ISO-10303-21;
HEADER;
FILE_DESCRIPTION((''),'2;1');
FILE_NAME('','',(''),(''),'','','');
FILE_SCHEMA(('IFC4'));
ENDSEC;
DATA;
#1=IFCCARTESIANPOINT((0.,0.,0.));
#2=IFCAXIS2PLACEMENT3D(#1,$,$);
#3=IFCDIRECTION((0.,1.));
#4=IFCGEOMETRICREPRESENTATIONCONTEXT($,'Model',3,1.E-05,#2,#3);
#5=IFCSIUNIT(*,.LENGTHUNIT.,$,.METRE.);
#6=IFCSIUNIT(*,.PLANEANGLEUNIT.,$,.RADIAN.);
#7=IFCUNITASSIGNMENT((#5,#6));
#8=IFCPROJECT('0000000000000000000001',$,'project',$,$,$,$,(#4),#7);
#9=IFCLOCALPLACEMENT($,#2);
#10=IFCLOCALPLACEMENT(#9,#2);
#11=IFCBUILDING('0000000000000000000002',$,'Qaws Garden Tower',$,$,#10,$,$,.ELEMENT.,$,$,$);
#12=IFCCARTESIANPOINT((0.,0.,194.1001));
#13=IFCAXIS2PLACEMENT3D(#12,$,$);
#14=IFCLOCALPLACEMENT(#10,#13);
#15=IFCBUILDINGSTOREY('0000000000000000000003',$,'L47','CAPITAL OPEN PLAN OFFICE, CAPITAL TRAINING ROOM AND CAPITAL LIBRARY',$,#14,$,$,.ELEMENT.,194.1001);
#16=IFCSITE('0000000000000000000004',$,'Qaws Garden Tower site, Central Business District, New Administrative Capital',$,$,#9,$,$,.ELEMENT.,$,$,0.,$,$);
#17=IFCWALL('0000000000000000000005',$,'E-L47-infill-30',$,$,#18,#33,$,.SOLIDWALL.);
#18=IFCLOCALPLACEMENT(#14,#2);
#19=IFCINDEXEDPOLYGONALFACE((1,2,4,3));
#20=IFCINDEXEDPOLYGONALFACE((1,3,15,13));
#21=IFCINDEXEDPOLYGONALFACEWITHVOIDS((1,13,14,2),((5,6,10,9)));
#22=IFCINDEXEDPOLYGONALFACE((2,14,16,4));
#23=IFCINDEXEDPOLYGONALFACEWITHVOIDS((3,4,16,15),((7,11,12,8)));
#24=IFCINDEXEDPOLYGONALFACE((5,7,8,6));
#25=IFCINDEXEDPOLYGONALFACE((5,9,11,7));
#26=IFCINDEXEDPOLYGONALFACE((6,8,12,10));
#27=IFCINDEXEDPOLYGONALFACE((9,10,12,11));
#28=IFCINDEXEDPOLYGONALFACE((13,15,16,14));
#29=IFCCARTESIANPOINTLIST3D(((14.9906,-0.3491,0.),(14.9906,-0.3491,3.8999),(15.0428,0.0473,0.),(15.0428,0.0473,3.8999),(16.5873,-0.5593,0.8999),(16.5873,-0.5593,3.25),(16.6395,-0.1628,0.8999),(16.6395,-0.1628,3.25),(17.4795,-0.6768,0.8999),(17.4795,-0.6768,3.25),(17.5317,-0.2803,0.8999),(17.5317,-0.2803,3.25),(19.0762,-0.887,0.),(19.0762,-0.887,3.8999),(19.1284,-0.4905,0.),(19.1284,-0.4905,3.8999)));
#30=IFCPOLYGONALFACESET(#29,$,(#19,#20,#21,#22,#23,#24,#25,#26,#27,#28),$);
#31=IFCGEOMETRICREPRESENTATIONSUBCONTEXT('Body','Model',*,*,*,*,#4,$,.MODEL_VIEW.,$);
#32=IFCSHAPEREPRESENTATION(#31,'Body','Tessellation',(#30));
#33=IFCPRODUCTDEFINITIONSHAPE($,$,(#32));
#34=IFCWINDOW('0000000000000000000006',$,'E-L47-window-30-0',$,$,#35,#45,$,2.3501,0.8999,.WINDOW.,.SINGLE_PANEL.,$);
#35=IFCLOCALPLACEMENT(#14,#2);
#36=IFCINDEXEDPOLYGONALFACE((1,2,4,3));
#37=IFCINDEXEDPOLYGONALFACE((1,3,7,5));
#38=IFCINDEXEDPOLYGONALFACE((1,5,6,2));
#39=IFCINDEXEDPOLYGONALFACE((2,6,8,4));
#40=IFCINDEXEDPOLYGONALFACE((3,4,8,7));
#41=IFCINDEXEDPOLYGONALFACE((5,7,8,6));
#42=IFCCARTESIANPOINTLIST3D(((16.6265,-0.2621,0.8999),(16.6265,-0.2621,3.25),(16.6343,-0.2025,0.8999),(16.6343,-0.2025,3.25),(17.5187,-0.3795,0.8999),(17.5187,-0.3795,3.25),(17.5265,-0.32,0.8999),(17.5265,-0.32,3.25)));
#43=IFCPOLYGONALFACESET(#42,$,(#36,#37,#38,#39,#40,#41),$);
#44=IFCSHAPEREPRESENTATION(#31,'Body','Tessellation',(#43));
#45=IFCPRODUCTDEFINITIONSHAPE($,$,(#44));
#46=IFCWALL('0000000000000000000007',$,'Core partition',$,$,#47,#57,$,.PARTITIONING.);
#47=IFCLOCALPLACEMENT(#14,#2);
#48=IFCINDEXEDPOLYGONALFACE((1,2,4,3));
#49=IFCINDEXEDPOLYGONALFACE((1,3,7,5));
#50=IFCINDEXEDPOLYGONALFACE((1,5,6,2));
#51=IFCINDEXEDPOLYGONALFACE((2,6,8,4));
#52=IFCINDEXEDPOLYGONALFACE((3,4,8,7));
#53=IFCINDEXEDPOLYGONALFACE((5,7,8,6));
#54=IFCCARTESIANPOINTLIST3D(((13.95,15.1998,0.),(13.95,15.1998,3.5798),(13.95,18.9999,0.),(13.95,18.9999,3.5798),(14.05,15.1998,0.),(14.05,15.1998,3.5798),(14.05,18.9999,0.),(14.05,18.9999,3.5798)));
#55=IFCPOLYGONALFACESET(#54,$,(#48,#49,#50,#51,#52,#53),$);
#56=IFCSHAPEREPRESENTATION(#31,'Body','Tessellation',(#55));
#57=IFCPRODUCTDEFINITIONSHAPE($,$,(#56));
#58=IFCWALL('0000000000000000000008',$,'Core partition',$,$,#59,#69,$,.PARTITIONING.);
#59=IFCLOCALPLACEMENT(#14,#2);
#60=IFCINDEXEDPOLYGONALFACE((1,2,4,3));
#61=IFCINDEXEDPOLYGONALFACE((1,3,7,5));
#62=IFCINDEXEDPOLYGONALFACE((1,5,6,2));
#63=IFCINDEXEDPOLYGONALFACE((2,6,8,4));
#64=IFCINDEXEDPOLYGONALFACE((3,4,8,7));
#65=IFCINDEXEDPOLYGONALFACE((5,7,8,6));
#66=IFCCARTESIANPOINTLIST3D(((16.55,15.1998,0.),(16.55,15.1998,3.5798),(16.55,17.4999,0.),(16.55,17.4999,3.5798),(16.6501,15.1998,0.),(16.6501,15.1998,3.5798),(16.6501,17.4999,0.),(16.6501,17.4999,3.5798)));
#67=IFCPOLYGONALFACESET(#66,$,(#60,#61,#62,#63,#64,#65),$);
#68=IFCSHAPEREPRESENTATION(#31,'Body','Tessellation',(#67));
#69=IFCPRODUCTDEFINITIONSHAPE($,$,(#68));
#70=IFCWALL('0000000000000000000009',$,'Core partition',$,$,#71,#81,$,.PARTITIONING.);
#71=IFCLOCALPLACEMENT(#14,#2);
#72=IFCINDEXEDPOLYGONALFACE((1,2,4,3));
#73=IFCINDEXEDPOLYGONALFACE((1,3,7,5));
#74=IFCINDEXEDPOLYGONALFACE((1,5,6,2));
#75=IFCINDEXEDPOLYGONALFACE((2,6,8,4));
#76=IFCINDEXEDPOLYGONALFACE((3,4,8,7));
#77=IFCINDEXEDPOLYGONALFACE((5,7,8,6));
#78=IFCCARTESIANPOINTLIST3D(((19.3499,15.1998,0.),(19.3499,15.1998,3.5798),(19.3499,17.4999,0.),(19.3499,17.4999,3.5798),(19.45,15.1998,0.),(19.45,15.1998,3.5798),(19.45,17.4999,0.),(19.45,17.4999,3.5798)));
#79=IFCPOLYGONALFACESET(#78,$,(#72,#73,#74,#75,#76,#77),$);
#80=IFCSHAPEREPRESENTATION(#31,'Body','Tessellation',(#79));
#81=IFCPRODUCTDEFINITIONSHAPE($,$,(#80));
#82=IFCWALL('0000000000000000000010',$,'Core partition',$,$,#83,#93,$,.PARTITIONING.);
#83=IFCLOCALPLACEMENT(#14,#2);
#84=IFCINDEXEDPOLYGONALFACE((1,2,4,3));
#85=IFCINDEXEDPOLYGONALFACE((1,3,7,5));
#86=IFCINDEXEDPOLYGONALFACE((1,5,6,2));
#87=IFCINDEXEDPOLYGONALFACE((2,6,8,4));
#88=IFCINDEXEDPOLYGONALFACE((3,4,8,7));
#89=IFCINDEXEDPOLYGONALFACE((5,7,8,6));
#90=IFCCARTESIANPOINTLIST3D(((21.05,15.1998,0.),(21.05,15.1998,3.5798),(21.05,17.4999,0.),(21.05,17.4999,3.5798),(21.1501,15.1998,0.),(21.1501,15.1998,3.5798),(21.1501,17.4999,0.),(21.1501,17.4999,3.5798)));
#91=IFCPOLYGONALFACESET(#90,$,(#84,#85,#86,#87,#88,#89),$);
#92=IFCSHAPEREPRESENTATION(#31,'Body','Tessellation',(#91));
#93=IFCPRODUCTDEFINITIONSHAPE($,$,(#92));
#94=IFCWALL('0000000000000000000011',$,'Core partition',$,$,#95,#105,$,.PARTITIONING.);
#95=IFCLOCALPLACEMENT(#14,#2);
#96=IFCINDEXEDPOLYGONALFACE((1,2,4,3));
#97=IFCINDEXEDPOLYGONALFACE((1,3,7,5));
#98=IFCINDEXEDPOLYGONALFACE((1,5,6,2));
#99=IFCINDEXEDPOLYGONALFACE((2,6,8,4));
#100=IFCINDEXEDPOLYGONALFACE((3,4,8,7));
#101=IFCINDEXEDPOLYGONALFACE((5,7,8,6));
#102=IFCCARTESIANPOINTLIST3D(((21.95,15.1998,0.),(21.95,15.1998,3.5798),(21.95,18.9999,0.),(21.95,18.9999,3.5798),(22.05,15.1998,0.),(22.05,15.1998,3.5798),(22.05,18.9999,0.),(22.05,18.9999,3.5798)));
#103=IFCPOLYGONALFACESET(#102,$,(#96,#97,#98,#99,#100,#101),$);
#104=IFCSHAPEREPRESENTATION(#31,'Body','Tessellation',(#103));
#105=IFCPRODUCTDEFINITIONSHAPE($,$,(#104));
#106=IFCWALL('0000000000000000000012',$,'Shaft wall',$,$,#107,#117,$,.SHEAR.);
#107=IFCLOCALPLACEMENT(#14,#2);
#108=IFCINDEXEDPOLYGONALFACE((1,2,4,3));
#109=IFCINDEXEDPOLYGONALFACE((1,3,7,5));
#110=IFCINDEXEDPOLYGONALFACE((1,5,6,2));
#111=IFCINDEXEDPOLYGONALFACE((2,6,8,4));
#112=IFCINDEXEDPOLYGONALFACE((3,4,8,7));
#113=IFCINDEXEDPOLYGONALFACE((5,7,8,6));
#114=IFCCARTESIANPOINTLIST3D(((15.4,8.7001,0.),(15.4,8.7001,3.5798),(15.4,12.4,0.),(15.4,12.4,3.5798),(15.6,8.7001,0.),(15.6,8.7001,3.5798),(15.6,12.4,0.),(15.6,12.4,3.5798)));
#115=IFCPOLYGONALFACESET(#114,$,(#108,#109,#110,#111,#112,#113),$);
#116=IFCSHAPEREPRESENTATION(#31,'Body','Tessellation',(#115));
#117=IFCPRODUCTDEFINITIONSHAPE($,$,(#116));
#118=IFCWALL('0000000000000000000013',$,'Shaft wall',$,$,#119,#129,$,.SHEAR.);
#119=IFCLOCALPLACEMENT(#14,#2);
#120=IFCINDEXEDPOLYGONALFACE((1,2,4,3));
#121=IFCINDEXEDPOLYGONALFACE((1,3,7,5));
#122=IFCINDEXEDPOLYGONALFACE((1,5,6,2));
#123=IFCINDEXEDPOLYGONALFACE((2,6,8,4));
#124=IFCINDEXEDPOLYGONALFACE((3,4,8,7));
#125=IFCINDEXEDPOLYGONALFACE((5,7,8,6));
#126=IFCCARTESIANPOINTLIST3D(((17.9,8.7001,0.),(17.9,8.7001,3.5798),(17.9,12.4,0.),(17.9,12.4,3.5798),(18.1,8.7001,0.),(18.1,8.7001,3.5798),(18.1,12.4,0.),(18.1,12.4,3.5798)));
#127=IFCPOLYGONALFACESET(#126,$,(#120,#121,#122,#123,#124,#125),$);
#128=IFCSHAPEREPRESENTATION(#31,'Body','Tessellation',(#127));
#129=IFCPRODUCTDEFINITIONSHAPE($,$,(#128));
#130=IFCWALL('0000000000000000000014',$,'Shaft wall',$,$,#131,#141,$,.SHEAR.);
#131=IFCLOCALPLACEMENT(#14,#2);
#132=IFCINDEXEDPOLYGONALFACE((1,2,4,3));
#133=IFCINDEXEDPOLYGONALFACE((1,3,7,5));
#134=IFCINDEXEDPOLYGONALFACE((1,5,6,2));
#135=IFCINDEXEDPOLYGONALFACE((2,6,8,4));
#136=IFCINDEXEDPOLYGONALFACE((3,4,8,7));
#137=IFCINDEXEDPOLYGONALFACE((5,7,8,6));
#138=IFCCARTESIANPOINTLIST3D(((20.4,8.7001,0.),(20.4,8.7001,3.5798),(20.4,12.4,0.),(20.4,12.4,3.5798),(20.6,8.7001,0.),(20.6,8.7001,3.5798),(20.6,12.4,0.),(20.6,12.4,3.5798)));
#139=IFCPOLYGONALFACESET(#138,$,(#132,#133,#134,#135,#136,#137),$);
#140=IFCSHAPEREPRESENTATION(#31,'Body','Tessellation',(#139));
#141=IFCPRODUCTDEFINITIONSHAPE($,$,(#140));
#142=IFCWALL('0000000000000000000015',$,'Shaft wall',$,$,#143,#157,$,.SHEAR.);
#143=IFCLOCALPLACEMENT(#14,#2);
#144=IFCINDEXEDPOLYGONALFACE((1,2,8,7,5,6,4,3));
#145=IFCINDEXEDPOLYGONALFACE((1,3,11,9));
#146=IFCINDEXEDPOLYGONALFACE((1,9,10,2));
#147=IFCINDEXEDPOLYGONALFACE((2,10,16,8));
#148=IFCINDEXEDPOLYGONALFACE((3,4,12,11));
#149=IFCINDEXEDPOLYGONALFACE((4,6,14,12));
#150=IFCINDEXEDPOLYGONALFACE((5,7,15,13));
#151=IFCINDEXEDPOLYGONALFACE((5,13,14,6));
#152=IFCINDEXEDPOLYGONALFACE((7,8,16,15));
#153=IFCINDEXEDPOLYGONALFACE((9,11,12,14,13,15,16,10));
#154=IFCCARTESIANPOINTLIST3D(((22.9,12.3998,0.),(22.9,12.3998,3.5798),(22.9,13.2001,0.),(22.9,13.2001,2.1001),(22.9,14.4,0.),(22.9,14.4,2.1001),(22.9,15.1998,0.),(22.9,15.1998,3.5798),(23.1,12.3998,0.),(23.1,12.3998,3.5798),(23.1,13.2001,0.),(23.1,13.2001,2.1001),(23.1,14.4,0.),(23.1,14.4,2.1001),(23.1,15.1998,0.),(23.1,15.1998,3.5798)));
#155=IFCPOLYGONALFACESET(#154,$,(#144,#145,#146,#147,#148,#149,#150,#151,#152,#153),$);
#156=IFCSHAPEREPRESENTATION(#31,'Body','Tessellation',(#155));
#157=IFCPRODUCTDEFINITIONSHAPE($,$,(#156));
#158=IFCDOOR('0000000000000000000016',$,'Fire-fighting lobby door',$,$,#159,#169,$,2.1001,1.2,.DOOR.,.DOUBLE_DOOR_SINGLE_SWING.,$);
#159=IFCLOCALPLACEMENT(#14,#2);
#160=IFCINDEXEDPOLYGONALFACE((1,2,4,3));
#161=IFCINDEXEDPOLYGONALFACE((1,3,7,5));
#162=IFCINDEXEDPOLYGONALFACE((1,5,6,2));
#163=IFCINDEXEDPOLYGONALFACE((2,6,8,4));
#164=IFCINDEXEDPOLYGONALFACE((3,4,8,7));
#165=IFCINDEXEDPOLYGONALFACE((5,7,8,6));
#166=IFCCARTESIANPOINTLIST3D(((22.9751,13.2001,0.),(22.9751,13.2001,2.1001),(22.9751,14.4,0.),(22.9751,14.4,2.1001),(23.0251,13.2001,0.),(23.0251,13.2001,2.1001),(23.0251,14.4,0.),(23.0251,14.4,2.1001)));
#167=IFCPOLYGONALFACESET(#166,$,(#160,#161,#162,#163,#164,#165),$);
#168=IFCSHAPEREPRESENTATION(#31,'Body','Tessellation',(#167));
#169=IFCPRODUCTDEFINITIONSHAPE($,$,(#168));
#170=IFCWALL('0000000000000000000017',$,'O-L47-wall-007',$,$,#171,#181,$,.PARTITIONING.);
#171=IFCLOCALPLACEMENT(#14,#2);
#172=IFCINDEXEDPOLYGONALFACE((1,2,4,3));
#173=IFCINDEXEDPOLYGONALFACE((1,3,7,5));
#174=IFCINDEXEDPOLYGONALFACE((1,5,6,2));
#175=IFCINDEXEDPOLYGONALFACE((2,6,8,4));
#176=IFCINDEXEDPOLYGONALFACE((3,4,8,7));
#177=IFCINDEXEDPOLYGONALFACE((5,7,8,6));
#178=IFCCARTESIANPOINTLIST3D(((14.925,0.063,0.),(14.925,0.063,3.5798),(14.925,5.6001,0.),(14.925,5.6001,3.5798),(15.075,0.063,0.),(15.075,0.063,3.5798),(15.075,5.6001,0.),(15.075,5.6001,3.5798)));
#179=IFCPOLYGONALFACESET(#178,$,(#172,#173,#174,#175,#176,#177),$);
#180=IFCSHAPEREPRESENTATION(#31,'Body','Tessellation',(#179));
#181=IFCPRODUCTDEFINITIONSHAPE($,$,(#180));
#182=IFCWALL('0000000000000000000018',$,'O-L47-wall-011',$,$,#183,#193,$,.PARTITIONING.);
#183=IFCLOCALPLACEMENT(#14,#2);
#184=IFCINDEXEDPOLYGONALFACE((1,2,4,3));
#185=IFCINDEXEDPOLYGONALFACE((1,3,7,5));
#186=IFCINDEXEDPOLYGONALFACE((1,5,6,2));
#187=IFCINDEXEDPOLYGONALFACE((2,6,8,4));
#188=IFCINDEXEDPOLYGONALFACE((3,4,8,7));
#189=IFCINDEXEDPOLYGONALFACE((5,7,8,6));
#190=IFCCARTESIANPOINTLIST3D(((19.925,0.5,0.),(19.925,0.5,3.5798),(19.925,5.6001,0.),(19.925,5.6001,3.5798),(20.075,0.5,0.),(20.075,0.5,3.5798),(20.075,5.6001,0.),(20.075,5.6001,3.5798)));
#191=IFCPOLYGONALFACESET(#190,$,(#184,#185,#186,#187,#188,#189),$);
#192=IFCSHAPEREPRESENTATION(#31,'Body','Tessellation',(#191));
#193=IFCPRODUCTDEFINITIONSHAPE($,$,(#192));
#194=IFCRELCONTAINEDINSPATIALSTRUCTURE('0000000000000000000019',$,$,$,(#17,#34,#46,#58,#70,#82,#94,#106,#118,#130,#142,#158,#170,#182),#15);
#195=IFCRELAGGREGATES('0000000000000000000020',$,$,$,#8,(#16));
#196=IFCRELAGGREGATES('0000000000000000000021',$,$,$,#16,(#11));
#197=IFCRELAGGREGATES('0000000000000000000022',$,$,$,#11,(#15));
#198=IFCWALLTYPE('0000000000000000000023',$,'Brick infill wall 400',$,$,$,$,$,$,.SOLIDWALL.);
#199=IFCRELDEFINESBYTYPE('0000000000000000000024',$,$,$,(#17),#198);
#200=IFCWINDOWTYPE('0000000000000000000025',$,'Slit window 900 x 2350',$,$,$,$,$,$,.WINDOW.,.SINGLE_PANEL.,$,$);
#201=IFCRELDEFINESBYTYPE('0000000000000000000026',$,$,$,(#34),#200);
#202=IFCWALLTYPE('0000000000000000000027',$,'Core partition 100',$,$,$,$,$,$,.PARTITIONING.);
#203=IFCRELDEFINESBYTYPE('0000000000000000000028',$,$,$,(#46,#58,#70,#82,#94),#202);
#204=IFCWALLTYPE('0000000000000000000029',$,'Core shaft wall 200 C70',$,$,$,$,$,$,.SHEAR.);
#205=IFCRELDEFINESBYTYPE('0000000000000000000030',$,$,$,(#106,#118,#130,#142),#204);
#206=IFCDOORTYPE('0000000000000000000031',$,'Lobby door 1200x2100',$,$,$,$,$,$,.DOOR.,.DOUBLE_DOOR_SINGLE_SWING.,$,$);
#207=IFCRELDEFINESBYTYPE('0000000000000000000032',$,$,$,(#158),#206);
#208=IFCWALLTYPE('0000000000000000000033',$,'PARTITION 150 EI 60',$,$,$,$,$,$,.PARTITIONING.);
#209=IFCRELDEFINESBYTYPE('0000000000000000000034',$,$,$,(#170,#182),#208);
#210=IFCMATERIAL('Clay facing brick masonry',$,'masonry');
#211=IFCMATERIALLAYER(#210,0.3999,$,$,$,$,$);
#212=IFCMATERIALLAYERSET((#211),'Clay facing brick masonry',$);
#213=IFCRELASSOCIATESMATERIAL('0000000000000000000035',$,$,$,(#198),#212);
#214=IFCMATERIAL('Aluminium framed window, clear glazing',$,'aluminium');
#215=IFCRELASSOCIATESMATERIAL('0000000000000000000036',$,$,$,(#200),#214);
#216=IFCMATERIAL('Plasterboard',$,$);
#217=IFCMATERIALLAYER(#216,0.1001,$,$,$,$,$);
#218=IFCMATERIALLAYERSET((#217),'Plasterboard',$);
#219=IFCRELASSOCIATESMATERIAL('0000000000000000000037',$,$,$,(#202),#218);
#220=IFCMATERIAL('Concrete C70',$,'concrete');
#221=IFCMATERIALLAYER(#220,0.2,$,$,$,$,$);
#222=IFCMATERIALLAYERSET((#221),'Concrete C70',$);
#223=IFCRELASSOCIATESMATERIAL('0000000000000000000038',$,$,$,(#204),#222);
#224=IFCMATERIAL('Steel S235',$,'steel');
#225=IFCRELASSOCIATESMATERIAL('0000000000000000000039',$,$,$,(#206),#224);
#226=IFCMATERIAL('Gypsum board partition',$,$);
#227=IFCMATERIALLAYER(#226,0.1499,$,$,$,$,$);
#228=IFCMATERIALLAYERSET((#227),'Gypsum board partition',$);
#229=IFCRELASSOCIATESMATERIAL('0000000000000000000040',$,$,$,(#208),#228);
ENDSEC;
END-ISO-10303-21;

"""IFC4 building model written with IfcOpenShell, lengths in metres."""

from ifc_helpers import new_model, si_unit, direction, frame, frame_2d, origin, place, context, subcontext, project, spatial, rectangle, extrude, material, layer, layer_set, type_object, element, fill, save


model = new_model("IFC4")

# Units and contexts
model_context = context("Model", 3, precision=1e-05, world=origin(), true_north=direction((0.0, 1.0)))
body_context = subcontext(model_context, "Body", "Model", "MODEL_VIEW")
ifc_project = project(units=[si_unit("LENGTHUNIT", "METRE"), si_unit("PLANEANGLEUNIT", "RADIAN")], contexts=[model_context])

# Site, building, storey
site_placement = place(None, origin())
site = spatial("IfcSite", under=ifc_project, at=site_placement, Name="Qaws Garden Tower site, Central Business District, New Administrative Capital", CompositionType="ELEMENT", RefElevation=0.0)
building_placement = place(site_placement, origin())
building = spatial("IfcBuilding", under=site, at=building_placement, Name="Qaws Garden Tower", CompositionType="ELEMENT")
storey_placement = place(building_placement, frame((0.0, 0.0, 194.1001)))
storey = spatial("IfcBuildingStorey", under=building, at=storey_placement, Name="L47", Description="CAPITAL OPEN PLAN OFFICE, CAPITAL TRAINING ROOM AND CAPITAL LIBRARY", CompositionType="ELEMENT", Elevation=194.1001)

# Shared definitions
ifc_material_1 = material(Name="Clay facing brick masonry", Category="masonry")
ifc_layer_1 = layer(ifc_material_1, 0.3999)
ifc_layer_set_1 = layer_set([ifc_layer_1], Name="Clay facing brick masonry")
wall_type_1 = type_object("IfcWallType", Name="Brick infill wall 400", PredefinedType="SOLIDWALL", material=ifc_layer_set_1)
ifc_material_2 = material(Name="Aluminium framed window, clear glazing", Category="aluminium")
window_type = type_object("IfcWindowType", Name="Slit window 900 x 2350", PartitioningType="SINGLE_PANEL", PredefinedType="WINDOW", material=ifc_material_2)

# Wall, opening, window
wall_1_placement = place(storey_placement, frame((15.0166, -0.1509, 0.0), z_axis=(0.0, 0.0, 1.0), x_axis=(0.991446, -0.130514, 0.0)))
wall_1 = element("IfcWall", 1, at=wall_1_placement, inside=storey, type_object=wall_type_1, Name="E-L47-infill-30", PredefinedType="SOLIDWALL", context=body_context, shape_type="SweptSolid", body=[
    extrude(rectangle(XDim=4.1208, YDim=0.3999, at=frame_2d((2.0605, 0.0))), origin(), (0.0, 0.0, 1.0), 3.8999),
])
opening_1_placement = place(wall_1_placement, frame((1.6106, 0.0, 0.8999)))
opening_1 = element("IfcOpeningElement", 2, at=opening_1_placement, cuts=wall_1, PredefinedType="OPENING", context=body_context, shape_type="SweptSolid", body=[
    extrude(rectangle(XDim=0.8999, YDim=2.3501, at=frame_2d((0.45, 1.175))), frame((0.0, 0.21, 0.0), z_axis=(0.0, -1.0, 0.0), x_axis=(1.0, 0.0, 0.0)), (0.0, 0.0, 1.0), 0.4199),
])
window_1_placement = place(opening_1_placement, origin())
window_1 = element("IfcWindow", 3, at=window_1_placement, inside=storey, type_object=window_type, Name="E-L47-window-30-0", OverallHeight=2.3501, OverallWidth=0.8999, PartitioningType="SINGLE_PANEL", PredefinedType="WINDOW", context=body_context, shape_type="SweptSolid", body=[
    extrude(rectangle(XDim=0.8999, YDim=2.3501, at=frame_2d((0.45, 1.175))), frame((0.0, 0.1599, 0.0), z_axis=(0.0, -1.0, 0.0), x_axis=(1.0, 0.0, 0.0)), (0.0, 0.0, 1.0), 0.0601),
])
fill(opening_1, window_1)

# Walls
ifc_material_3 = material(Name="Plasterboard")
ifc_layer_2 = layer(ifc_material_3, 0.1001)
ifc_layer_set_2 = layer_set([ifc_layer_2], Name="Plasterboard")
wall_type_2 = type_object("IfcWallType", Name="Core partition 100", PredefinedType="PARTITIONING", material=ifc_layer_set_2)
wall_2_placement = place(storey_placement, frame((14.0, 15.2, 0.0), z_axis=(0.0, 0.0, 1.0), x_axis=(0.0, 1.0, 0.0)))
element("IfcWall", 4, at=wall_2_placement, inside=storey, type_object=wall_type_2, Name="Core partition", PredefinedType="PARTITIONING", context=body_context, shape_type="SweptSolid", body=[
    extrude(rectangle(XDim=3.8, YDim=0.1001, at=frame_2d((1.8999, 0.0))), origin(), (0.0, 0.0, 1.0), 3.5798),
])
for number, where, z_axis, x_axis, name in (
    (5, (16.6001, 15.2, 0.0), (0.0, 0.0, 1.0), (0.0, 1.0, 0.0), "Core partition"),
    (6, (19.3999, 15.2, 0.0), (0.0, 0.0, 1.0), (0.0, 1.0, 0.0), "Core partition"),
    (7, (21.1001, 15.2, 0.0), (0.0, 0.0, 1.0), (0.0, 1.0, 0.0), "Core partition"),
):
    element("IfcWall", number, at=place(storey_placement, frame(where, z_axis=z_axis, x_axis=x_axis)), inside=storey, type_object=wall_type_2, Name=name, PredefinedType="PARTITIONING", context=body_context, shape_type="SweptSolid", body=[
        extrude(rectangle(XDim=2.3, YDim=0.1001, at=frame_2d((1.1499, 0.0))), origin(), (0.0, 0.0, 1.0), 3.5798),
    ])
wall_3_placement = place(storey_placement, frame((22.0, 15.2, 0.0), z_axis=(0.0, 0.0, 1.0), x_axis=(0.0, 1.0, 0.0)))
element("IfcWall", 8, at=wall_3_placement, inside=storey, type_object=wall_type_2, Name="Core partition", PredefinedType="PARTITIONING", context=body_context, shape_type="SweptSolid", body=[
    extrude(rectangle(XDim=3.8, YDim=0.1001, at=frame_2d((1.8999, 0.0))), origin(), (0.0, 0.0, 1.0), 3.5798),
])
ifc_material_4 = material(Name="Concrete C70", Category="concrete")
ifc_layer_3 = layer(ifc_material_4, 0.2)
ifc_layer_set_3 = layer_set([ifc_layer_3], Name="Concrete C70")
wall_type_3 = type_object("IfcWallType", Name="Core shaft wall 200 C70", PredefinedType="SHEAR", material=ifc_layer_set_3)
for number, where, z_axis, x_axis, name in (
    (9, (15.5, 8.7, 0.0), (0.0, 0.0, 1.0), (0.0, 1.0, 0.0), "Shaft wall"),
    (10, (18.0, 8.7, 0.0), (0.0, 0.0, 1.0), (0.0, 1.0, 0.0), "Shaft wall"),
    (11, (20.5, 8.7, 0.0), (0.0, 0.0, 1.0), (0.0, 1.0, 0.0), "Shaft wall"),
):
    element("IfcWall", number, at=place(storey_placement, frame(where, z_axis=z_axis, x_axis=x_axis)), inside=storey, type_object=wall_type_3, Name=name, PredefinedType="SHEAR", context=body_context, shape_type="SweptSolid", body=[
        extrude(rectangle(XDim=3.7, YDim=0.2, at=frame_2d((1.8501, 0.0))), origin(), (0.0, 0.0, 1.0), 3.5798),
    ])

# Wall, opening, door
wall_4_placement = place(storey_placement, frame((23.0, 12.3999, 0.0), z_axis=(0.0, 0.0, 1.0), x_axis=(0.0, 1.0, 0.0)))
wall_4 = element("IfcWall", 12, at=wall_4_placement, inside=storey, type_object=wall_type_3, Name="Shaft wall", PredefinedType="SHEAR", context=body_context, shape_type="SweptSolid", body=[
    extrude(rectangle(XDim=2.8, YDim=0.2, at=frame_2d((1.3999, 0.0))), origin(), (0.0, 0.0, 1.0), 3.5798),
])
opening_2_placement = place(wall_4_placement, frame((0.8, 0.0, 0.0)))
opening_2 = element("IfcOpeningElement", 13, at=opening_2_placement, cuts=wall_4, PredefinedType="OPENING", context=body_context, shape_type="SweptSolid", body=[
    extrude(rectangle(XDim=1.2, YDim=2.1001, at=frame_2d((0.6001, 1.05))), frame((0.0, 0.1099, 0.0), z_axis=(0.0, -1.0, 0.0), x_axis=(1.0, 0.0, 0.0)), (0.0, 0.0, 1.0), 0.22),
])
ifc_material_5 = material(Name="Steel S235", Category="steel")
door_type = type_object("IfcDoorType", Name="Lobby door 1200x2100", OperationType="DOUBLE_DOOR_SINGLE_SWING", PredefinedType="DOOR", material=ifc_material_5)
door_placement = place(opening_2_placement, origin())
door = element("IfcDoor", 14, at=door_placement, inside=storey, type_object=door_type, Name="Fire-fighting lobby door", OperationType="DOUBLE_DOOR_SINGLE_SWING", OverallHeight=2.1001, OverallWidth=1.2, PredefinedType="DOOR", context=body_context, shape_type="SweptSolid", body=[
    extrude(rectangle(XDim=1.2, YDim=2.1001, at=frame_2d((0.6001, 1.05))), frame((0.0, 0.0249, 0.0), z_axis=(0.0, -1.0, 0.0), x_axis=(1.0, 0.0, 0.0)), (0.0, 0.0, 1.0), 0.05),
])
fill(opening_2, door)

# Walls
ifc_material_6 = material(Name="Gypsum board partition")
ifc_layer_4 = layer(ifc_material_6, 0.1499)
ifc_layer_set_4 = layer_set([ifc_layer_4], Name="Gypsum board partition")
wall_type_4 = type_object("IfcWallType", Name="PARTITION 150 EI 60", PredefinedType="PARTITIONING", material=ifc_layer_set_4)
wall_5_placement = place(storey_placement, frame((15.0, 0.063, 0.0), z_axis=(0.0, 0.0, 1.0), x_axis=(0.0, 1.0, 0.0)))
element("IfcWall", 15, at=wall_5_placement, inside=storey, type_object=wall_type_4, Name="O-L47-wall-007", PredefinedType="PARTITIONING", context=body_context, shape_type="SweptSolid", body=[
    extrude(rectangle(XDim=5.5371, YDim=0.1499, at=frame_2d((2.7686, 0.0))), origin(), (0.0, 0.0, 1.0), 3.5798),
])
wall_6_placement = place(storey_placement, frame((20.0, 0.5, 0.0), z_axis=(0.0, 0.0, 1.0), x_axis=(0.0, 1.0, 0.0)))
element("IfcWall", 16, at=wall_6_placement, inside=storey, type_object=wall_type_4, Name="O-L47-wall-011", PredefinedType="PARTITIONING", context=body_context, shape_type="SweptSolid", body=[
    extrude(rectangle(XDim=5.1001, YDim=0.1499, at=frame_2d((2.55, 0.0))), origin(), (0.0, 0.0, 1.0), 3.5798),
])

save(model, "model.ifc")
